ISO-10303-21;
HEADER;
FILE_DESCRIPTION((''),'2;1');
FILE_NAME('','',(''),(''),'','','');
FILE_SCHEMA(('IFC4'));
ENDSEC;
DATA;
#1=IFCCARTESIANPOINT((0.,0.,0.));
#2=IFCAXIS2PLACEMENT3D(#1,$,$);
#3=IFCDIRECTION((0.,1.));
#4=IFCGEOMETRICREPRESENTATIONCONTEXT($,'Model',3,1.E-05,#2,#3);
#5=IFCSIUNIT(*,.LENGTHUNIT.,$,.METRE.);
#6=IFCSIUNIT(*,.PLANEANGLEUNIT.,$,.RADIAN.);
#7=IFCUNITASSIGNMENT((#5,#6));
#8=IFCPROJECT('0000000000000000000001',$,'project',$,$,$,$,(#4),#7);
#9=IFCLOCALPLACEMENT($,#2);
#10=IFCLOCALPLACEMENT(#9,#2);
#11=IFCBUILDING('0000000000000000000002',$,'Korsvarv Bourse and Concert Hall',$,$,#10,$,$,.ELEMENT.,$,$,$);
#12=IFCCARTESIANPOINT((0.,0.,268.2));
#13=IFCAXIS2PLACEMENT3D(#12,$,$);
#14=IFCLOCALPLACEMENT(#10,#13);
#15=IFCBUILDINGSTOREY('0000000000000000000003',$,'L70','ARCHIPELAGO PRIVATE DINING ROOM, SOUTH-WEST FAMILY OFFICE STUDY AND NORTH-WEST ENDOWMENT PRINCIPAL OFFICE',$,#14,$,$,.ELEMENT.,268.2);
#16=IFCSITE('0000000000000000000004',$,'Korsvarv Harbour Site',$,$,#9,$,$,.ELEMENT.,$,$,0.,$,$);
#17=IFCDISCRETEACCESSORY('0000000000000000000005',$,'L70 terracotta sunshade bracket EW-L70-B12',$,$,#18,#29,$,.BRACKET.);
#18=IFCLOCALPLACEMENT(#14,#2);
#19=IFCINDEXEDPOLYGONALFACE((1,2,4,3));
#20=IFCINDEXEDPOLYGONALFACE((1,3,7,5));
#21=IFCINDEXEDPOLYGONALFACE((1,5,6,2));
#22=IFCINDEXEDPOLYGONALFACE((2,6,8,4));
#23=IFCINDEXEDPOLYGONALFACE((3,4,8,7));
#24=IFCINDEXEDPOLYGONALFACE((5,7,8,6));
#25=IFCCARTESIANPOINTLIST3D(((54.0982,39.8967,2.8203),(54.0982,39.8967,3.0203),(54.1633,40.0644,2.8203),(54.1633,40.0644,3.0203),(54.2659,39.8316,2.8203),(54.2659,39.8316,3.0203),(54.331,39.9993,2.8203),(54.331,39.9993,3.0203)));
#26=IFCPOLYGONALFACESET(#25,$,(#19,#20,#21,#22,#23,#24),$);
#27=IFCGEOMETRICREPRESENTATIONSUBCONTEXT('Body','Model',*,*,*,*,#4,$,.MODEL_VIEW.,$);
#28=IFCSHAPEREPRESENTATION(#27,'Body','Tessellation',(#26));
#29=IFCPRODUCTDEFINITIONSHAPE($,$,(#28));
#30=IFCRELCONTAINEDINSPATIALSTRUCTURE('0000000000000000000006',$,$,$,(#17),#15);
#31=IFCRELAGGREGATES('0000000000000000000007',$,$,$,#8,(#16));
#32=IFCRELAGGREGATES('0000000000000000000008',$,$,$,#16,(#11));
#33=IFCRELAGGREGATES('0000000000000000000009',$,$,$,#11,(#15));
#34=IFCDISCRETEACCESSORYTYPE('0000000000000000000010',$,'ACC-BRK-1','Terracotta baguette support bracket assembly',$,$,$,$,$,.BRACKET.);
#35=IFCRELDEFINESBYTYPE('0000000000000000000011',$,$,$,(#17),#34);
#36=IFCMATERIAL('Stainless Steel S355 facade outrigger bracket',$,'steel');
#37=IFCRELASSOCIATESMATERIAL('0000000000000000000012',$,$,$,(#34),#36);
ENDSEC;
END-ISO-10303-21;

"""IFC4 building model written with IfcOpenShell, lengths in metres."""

from ifc_helpers import new_model, si_unit, direction, frame, origin, origin_2d, place, context, subcontext, project, spatial, rectangle, extrude, source, transform, mapped, material, type_object, element, save


model = new_model("IFC4")

# Units and contexts
model_context = context("Model", 3, precision=1e-05, world=origin(), true_north=direction((0.0, 1.0)))
body_context = subcontext(model_context, "Body", "Model", "MODEL_VIEW")
ifc_project = project(units=[si_unit("LENGTHUNIT", "METRE"), si_unit("PLANEANGLEUNIT", "RADIAN")], contexts=[model_context])

# Site, building, storey
site_placement = place(None, origin())
site = spatial("IfcSite", under=ifc_project, at=site_placement, Name="Korsvarv Harbour Site", CompositionType="ELEMENT", RefElevation=0.0)
building_placement = place(site_placement, origin())
building = spatial("IfcBuilding", under=site, at=building_placement, Name="Korsvarv Bourse and Concert Hall", CompositionType="ELEMENT")
storey_placement = place(building_placement, frame((0.0, 0.0, 268.2)))
storey = spatial("IfcBuildingStorey", under=building, at=storey_placement, Name="L70", Description="ARCHIPELAGO PRIVATE DINING ROOM, SOUTH-WEST FAMILY OFFICE STUDY AND NORTH-WEST ENDOWMENT PRINCIPAL OFFICE", CompositionType="ELEMENT", Elevation=268.2)

# Discrete accessory
ifc_material_1 = material(Name="Stainless Steel S355 facade outrigger bracket", Category="steel")
discrete_accessory_type = type_object("IfcDiscreteAccessoryType", Name="ACC-BRK-1", Description="Terracotta baguette support bracket assembly", PredefinedType="BRACKET", material=ifc_material_1)
shared_shape_1 = source(origin(), body_context, "Body", "SweptSolid", [
    extrude(rectangle(XDim=0.1799, YDim=0.1799, at=origin_2d()), origin(), (0.0, 0.0, 1.0), 0.2),
])
for number, where, z_axis, x_axis, name in (
    (1, (54.2146, 39.948, 2.8203), (0.0, 0.0, 1.0), (0.36195, 0.932198, 0.0), "L70 terracotta sunshade bracket EW-L70-B12"),
):
    element("IfcDiscreteAccessory", number, at=place(storey_placement, frame(where, z_axis=z_axis, x_axis=x_axis)), inside=storey, type_object=discrete_accessory_type, Name=name, PredefinedType="BRACKET", context=body_context, shape_type="MappedRepresentation", body=[
        mapped(shared_shape_1, transform((0.0, 0.0, 0.0), scale=1.0)),
    ])

save(model, "model.ifc")
